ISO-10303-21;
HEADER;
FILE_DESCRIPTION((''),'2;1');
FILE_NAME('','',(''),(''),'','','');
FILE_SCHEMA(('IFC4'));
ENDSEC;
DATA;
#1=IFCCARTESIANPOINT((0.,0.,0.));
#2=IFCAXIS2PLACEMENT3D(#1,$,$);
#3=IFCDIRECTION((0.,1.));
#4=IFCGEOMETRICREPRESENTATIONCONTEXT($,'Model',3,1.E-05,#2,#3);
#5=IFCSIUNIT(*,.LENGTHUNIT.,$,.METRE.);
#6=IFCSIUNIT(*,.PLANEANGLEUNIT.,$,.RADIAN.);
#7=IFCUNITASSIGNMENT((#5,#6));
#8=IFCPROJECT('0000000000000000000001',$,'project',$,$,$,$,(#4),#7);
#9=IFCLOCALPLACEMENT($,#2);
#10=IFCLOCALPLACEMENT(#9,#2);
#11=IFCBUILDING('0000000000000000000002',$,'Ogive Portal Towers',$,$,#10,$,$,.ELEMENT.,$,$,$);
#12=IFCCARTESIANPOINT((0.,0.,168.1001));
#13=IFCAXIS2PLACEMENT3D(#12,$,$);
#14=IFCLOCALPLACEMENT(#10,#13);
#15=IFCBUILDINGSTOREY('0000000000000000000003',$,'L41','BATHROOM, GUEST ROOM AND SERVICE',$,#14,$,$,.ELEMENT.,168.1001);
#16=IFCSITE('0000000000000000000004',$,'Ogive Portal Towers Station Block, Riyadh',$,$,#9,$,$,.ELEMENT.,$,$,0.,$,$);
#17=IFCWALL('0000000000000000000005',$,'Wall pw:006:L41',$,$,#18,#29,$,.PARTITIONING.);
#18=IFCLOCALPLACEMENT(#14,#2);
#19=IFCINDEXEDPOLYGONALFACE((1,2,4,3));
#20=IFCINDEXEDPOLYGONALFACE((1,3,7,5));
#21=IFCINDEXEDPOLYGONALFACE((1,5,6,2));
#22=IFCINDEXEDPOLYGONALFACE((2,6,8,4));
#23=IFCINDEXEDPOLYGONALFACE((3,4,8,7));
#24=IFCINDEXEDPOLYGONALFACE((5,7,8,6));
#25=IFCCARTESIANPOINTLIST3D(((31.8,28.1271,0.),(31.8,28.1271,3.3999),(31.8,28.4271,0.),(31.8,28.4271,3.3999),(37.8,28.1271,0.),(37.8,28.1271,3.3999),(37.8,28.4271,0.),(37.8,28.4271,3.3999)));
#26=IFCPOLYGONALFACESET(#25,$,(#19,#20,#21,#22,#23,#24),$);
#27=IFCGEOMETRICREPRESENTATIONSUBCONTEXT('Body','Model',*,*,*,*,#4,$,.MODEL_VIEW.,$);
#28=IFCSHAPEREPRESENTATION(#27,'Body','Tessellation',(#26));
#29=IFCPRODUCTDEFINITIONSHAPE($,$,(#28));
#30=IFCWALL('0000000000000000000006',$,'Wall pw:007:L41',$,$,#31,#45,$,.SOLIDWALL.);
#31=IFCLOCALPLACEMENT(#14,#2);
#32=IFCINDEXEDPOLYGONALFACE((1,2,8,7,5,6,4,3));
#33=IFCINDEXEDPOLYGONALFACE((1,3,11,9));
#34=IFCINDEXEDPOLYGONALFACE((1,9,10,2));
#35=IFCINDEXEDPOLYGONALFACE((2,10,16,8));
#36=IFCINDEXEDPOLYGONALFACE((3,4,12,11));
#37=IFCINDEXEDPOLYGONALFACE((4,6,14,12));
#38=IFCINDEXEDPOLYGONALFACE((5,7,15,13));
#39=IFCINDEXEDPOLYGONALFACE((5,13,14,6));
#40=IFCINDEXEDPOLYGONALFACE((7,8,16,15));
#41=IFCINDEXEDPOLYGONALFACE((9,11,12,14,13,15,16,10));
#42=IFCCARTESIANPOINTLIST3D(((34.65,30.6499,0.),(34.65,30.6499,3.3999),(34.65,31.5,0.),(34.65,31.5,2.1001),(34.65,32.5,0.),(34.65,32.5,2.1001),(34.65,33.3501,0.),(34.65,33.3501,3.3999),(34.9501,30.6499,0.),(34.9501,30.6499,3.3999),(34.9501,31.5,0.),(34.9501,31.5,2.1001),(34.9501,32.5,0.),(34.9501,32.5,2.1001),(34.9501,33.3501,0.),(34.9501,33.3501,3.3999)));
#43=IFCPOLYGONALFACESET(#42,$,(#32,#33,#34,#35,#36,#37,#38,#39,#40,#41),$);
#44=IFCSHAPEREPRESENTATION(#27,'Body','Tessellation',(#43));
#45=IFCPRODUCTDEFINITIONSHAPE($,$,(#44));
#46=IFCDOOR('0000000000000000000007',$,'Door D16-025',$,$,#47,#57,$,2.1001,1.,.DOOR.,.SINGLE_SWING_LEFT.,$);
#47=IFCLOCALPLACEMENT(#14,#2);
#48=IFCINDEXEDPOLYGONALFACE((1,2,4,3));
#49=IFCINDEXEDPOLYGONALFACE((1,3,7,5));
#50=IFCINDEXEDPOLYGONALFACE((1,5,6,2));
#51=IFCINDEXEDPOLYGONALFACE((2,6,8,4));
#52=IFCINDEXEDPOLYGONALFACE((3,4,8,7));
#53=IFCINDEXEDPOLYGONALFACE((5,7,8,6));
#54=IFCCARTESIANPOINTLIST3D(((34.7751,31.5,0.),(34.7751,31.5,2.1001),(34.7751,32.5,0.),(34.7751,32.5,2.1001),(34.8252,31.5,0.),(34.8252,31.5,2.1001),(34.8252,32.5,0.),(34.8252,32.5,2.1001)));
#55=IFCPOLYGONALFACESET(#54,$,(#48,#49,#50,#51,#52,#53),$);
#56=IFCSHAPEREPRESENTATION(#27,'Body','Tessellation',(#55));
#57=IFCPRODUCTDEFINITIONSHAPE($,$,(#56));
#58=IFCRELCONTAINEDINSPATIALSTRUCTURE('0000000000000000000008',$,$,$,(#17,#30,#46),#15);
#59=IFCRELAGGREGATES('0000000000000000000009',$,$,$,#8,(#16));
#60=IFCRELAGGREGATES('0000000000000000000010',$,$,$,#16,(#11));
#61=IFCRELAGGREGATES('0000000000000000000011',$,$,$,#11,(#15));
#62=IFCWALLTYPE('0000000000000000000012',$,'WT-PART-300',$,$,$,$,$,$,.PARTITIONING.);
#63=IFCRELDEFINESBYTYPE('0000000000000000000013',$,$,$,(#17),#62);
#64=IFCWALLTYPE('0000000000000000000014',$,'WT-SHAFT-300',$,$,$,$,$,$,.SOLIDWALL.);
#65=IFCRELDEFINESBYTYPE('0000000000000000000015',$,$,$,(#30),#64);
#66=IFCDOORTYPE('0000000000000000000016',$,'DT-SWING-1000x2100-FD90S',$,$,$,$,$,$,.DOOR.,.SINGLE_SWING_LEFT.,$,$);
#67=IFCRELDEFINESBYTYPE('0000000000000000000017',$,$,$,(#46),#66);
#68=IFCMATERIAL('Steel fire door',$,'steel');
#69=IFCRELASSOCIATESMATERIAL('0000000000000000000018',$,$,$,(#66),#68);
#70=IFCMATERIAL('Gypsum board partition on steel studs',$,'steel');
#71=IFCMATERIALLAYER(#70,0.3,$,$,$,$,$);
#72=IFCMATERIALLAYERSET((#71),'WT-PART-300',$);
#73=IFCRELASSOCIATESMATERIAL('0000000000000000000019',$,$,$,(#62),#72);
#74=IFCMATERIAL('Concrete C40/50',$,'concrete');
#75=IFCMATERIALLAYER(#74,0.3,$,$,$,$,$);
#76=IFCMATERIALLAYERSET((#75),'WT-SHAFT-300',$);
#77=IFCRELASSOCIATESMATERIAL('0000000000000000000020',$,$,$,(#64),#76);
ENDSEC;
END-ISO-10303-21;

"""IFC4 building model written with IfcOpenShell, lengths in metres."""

from ifc_helpers import new_model, si_unit, direction, frame, frame_2d, origin, place, context, subcontext, project, spatial, rectangle, extrude, material, layer, layer_set, type_object, element, fill, save


model = new_model("IFC4")

# Units and contexts
model_context = context("Model", 3, precision=1e-05, world=origin(), true_north=direction((0.0, 1.0)))
body_context = subcontext(model_context, "Body", "Model", "MODEL_VIEW")
ifc_project = project(units=[si_unit("LENGTHUNIT", "METRE"), si_unit("PLANEANGLEUNIT", "RADIAN")], contexts=[model_context])

# Site, building, storey
site_placement = place(None, origin())
site = spatial("IfcSite", under=ifc_project, at=site_placement, Name="Ogive Portal Towers Station Block, Riyadh", CompositionType="ELEMENT", RefElevation=0.0)
building_placement = place(site_placement, origin())
building = spatial("IfcBuilding", under=site, at=building_placement, Name="Ogive Portal Towers", CompositionType="ELEMENT")
storey_placement = place(building_placement, frame((0.0, 0.0, 168.1001)))
storey = spatial("IfcBuildingStorey", under=building, at=storey_placement, Name="L41", Description="BATHROOM, GUEST ROOM AND SERVICE", CompositionType="ELEMENT", Elevation=168.1001)

# Shared definitions
ifc_material_1 = material(Name="Concrete C40/50", Category="concrete")

# Shared definitions
ifc_material_2 = material(Name="Steel fire door", Category="steel")
door_type = type_object("IfcDoorType", Name="DT-SWING-1000x2100-FD90S", OperationType="SINGLE_SWING_LEFT", PredefinedType="DOOR", material=ifc_material_2)

# Wall
ifc_material_3 = material(Name="Gypsum board partition on steel studs", Category="steel")
ifc_layer_1 = layer(ifc_material_3, 0.3)
ifc_layer_set_1 = layer_set([ifc_layer_1], Name="WT-PART-300")
wall_type_1 = type_object("IfcWallType", Name="WT-PART-300", PredefinedType="PARTITIONING", material=ifc_layer_set_1)
wall_1_placement = place(storey_placement, frame((31.8, 28.2771, 0.0), z_axis=(0.0, 0.0, 1.0), x_axis=(1.0, 0.0, 0.0)))
element("IfcWall", 1, at=wall_1_placement, inside=storey, type_object=wall_type_1, Name="Wall pw:006:L41", PredefinedType="PARTITIONING", context=body_context, shape_type="SweptSolid", body=[
    extrude(rectangle(XDim=6.0, YDim=0.3, at=frame_2d((3.0, 0.0))), origin(), (0.0, 0.0, 1.0), 3.3999),
])

# Wall, opening, door
ifc_layer_2 = layer(ifc_material_1, 0.3)
ifc_layer_set_2 = layer_set([ifc_layer_2], Name="WT-SHAFT-300")
wall_type_2 = type_object("IfcWallType", Name="WT-SHAFT-300", PredefinedType="SOLIDWALL", material=ifc_layer_set_2)
wall_2_placement = place(storey_placement, frame((34.8, 30.6499, 0.0), z_axis=(0.0, 0.0, 1.0), x_axis=(0.0, 1.0, 0.0)))
wall_2 = element("IfcWall", 2, at=wall_2_placement, inside=storey, type_object=wall_type_2, Name="Wall pw:007:L41", PredefinedType="SOLIDWALL", context=body_context, shape_type="SweptSolid", body=[
    extrude(rectangle(XDim=2.7002, YDim=0.3, at=frame_2d((1.3501, 0.0))), origin(), (0.0, 0.0, 1.0), 3.3999),
])
opening_1_placement = place(wall_2_placement, frame((0.8501, 0.0, 0.0)))
opening_1 = element("IfcOpeningElement", 3, at=opening_1_placement, cuts=wall_2, PredefinedType="OPENING", context=body_context, shape_type="SweptSolid", body=[
    extrude(rectangle(XDim=1.0, YDim=2.1001, at=frame_2d((0.5, 1.05))), frame((0.0, 0.1602, 0.0), z_axis=(0.0, -1.0, 0.0), x_axis=(1.0, 0.0, 0.0)), (0.0, 0.0, 1.0), 0.3201),
])
door_1_placement = place(opening_1_placement, origin())
door_1 = element("IfcDoor", 4, at=door_1_placement, inside=storey, type_object=door_type, Name="Door D16-025", OperationType="SINGLE_SWING_LEFT", OverallHeight=2.1001, OverallWidth=1.0, PredefinedType="DOOR", context=body_context, shape_type="SweptSolid", body=[
    extrude(rectangle(XDim=1.0, YDim=2.1001, at=frame_2d((0.5, 1.05))), frame((0.0, 0.0249, 0.0), z_axis=(0.0, -1.0, 0.0), x_axis=(1.0, 0.0, 0.0)), (0.0, 0.0, 1.0), 0.05),
])
fill(opening_1, door_1)

save(model, "model.ifc")
